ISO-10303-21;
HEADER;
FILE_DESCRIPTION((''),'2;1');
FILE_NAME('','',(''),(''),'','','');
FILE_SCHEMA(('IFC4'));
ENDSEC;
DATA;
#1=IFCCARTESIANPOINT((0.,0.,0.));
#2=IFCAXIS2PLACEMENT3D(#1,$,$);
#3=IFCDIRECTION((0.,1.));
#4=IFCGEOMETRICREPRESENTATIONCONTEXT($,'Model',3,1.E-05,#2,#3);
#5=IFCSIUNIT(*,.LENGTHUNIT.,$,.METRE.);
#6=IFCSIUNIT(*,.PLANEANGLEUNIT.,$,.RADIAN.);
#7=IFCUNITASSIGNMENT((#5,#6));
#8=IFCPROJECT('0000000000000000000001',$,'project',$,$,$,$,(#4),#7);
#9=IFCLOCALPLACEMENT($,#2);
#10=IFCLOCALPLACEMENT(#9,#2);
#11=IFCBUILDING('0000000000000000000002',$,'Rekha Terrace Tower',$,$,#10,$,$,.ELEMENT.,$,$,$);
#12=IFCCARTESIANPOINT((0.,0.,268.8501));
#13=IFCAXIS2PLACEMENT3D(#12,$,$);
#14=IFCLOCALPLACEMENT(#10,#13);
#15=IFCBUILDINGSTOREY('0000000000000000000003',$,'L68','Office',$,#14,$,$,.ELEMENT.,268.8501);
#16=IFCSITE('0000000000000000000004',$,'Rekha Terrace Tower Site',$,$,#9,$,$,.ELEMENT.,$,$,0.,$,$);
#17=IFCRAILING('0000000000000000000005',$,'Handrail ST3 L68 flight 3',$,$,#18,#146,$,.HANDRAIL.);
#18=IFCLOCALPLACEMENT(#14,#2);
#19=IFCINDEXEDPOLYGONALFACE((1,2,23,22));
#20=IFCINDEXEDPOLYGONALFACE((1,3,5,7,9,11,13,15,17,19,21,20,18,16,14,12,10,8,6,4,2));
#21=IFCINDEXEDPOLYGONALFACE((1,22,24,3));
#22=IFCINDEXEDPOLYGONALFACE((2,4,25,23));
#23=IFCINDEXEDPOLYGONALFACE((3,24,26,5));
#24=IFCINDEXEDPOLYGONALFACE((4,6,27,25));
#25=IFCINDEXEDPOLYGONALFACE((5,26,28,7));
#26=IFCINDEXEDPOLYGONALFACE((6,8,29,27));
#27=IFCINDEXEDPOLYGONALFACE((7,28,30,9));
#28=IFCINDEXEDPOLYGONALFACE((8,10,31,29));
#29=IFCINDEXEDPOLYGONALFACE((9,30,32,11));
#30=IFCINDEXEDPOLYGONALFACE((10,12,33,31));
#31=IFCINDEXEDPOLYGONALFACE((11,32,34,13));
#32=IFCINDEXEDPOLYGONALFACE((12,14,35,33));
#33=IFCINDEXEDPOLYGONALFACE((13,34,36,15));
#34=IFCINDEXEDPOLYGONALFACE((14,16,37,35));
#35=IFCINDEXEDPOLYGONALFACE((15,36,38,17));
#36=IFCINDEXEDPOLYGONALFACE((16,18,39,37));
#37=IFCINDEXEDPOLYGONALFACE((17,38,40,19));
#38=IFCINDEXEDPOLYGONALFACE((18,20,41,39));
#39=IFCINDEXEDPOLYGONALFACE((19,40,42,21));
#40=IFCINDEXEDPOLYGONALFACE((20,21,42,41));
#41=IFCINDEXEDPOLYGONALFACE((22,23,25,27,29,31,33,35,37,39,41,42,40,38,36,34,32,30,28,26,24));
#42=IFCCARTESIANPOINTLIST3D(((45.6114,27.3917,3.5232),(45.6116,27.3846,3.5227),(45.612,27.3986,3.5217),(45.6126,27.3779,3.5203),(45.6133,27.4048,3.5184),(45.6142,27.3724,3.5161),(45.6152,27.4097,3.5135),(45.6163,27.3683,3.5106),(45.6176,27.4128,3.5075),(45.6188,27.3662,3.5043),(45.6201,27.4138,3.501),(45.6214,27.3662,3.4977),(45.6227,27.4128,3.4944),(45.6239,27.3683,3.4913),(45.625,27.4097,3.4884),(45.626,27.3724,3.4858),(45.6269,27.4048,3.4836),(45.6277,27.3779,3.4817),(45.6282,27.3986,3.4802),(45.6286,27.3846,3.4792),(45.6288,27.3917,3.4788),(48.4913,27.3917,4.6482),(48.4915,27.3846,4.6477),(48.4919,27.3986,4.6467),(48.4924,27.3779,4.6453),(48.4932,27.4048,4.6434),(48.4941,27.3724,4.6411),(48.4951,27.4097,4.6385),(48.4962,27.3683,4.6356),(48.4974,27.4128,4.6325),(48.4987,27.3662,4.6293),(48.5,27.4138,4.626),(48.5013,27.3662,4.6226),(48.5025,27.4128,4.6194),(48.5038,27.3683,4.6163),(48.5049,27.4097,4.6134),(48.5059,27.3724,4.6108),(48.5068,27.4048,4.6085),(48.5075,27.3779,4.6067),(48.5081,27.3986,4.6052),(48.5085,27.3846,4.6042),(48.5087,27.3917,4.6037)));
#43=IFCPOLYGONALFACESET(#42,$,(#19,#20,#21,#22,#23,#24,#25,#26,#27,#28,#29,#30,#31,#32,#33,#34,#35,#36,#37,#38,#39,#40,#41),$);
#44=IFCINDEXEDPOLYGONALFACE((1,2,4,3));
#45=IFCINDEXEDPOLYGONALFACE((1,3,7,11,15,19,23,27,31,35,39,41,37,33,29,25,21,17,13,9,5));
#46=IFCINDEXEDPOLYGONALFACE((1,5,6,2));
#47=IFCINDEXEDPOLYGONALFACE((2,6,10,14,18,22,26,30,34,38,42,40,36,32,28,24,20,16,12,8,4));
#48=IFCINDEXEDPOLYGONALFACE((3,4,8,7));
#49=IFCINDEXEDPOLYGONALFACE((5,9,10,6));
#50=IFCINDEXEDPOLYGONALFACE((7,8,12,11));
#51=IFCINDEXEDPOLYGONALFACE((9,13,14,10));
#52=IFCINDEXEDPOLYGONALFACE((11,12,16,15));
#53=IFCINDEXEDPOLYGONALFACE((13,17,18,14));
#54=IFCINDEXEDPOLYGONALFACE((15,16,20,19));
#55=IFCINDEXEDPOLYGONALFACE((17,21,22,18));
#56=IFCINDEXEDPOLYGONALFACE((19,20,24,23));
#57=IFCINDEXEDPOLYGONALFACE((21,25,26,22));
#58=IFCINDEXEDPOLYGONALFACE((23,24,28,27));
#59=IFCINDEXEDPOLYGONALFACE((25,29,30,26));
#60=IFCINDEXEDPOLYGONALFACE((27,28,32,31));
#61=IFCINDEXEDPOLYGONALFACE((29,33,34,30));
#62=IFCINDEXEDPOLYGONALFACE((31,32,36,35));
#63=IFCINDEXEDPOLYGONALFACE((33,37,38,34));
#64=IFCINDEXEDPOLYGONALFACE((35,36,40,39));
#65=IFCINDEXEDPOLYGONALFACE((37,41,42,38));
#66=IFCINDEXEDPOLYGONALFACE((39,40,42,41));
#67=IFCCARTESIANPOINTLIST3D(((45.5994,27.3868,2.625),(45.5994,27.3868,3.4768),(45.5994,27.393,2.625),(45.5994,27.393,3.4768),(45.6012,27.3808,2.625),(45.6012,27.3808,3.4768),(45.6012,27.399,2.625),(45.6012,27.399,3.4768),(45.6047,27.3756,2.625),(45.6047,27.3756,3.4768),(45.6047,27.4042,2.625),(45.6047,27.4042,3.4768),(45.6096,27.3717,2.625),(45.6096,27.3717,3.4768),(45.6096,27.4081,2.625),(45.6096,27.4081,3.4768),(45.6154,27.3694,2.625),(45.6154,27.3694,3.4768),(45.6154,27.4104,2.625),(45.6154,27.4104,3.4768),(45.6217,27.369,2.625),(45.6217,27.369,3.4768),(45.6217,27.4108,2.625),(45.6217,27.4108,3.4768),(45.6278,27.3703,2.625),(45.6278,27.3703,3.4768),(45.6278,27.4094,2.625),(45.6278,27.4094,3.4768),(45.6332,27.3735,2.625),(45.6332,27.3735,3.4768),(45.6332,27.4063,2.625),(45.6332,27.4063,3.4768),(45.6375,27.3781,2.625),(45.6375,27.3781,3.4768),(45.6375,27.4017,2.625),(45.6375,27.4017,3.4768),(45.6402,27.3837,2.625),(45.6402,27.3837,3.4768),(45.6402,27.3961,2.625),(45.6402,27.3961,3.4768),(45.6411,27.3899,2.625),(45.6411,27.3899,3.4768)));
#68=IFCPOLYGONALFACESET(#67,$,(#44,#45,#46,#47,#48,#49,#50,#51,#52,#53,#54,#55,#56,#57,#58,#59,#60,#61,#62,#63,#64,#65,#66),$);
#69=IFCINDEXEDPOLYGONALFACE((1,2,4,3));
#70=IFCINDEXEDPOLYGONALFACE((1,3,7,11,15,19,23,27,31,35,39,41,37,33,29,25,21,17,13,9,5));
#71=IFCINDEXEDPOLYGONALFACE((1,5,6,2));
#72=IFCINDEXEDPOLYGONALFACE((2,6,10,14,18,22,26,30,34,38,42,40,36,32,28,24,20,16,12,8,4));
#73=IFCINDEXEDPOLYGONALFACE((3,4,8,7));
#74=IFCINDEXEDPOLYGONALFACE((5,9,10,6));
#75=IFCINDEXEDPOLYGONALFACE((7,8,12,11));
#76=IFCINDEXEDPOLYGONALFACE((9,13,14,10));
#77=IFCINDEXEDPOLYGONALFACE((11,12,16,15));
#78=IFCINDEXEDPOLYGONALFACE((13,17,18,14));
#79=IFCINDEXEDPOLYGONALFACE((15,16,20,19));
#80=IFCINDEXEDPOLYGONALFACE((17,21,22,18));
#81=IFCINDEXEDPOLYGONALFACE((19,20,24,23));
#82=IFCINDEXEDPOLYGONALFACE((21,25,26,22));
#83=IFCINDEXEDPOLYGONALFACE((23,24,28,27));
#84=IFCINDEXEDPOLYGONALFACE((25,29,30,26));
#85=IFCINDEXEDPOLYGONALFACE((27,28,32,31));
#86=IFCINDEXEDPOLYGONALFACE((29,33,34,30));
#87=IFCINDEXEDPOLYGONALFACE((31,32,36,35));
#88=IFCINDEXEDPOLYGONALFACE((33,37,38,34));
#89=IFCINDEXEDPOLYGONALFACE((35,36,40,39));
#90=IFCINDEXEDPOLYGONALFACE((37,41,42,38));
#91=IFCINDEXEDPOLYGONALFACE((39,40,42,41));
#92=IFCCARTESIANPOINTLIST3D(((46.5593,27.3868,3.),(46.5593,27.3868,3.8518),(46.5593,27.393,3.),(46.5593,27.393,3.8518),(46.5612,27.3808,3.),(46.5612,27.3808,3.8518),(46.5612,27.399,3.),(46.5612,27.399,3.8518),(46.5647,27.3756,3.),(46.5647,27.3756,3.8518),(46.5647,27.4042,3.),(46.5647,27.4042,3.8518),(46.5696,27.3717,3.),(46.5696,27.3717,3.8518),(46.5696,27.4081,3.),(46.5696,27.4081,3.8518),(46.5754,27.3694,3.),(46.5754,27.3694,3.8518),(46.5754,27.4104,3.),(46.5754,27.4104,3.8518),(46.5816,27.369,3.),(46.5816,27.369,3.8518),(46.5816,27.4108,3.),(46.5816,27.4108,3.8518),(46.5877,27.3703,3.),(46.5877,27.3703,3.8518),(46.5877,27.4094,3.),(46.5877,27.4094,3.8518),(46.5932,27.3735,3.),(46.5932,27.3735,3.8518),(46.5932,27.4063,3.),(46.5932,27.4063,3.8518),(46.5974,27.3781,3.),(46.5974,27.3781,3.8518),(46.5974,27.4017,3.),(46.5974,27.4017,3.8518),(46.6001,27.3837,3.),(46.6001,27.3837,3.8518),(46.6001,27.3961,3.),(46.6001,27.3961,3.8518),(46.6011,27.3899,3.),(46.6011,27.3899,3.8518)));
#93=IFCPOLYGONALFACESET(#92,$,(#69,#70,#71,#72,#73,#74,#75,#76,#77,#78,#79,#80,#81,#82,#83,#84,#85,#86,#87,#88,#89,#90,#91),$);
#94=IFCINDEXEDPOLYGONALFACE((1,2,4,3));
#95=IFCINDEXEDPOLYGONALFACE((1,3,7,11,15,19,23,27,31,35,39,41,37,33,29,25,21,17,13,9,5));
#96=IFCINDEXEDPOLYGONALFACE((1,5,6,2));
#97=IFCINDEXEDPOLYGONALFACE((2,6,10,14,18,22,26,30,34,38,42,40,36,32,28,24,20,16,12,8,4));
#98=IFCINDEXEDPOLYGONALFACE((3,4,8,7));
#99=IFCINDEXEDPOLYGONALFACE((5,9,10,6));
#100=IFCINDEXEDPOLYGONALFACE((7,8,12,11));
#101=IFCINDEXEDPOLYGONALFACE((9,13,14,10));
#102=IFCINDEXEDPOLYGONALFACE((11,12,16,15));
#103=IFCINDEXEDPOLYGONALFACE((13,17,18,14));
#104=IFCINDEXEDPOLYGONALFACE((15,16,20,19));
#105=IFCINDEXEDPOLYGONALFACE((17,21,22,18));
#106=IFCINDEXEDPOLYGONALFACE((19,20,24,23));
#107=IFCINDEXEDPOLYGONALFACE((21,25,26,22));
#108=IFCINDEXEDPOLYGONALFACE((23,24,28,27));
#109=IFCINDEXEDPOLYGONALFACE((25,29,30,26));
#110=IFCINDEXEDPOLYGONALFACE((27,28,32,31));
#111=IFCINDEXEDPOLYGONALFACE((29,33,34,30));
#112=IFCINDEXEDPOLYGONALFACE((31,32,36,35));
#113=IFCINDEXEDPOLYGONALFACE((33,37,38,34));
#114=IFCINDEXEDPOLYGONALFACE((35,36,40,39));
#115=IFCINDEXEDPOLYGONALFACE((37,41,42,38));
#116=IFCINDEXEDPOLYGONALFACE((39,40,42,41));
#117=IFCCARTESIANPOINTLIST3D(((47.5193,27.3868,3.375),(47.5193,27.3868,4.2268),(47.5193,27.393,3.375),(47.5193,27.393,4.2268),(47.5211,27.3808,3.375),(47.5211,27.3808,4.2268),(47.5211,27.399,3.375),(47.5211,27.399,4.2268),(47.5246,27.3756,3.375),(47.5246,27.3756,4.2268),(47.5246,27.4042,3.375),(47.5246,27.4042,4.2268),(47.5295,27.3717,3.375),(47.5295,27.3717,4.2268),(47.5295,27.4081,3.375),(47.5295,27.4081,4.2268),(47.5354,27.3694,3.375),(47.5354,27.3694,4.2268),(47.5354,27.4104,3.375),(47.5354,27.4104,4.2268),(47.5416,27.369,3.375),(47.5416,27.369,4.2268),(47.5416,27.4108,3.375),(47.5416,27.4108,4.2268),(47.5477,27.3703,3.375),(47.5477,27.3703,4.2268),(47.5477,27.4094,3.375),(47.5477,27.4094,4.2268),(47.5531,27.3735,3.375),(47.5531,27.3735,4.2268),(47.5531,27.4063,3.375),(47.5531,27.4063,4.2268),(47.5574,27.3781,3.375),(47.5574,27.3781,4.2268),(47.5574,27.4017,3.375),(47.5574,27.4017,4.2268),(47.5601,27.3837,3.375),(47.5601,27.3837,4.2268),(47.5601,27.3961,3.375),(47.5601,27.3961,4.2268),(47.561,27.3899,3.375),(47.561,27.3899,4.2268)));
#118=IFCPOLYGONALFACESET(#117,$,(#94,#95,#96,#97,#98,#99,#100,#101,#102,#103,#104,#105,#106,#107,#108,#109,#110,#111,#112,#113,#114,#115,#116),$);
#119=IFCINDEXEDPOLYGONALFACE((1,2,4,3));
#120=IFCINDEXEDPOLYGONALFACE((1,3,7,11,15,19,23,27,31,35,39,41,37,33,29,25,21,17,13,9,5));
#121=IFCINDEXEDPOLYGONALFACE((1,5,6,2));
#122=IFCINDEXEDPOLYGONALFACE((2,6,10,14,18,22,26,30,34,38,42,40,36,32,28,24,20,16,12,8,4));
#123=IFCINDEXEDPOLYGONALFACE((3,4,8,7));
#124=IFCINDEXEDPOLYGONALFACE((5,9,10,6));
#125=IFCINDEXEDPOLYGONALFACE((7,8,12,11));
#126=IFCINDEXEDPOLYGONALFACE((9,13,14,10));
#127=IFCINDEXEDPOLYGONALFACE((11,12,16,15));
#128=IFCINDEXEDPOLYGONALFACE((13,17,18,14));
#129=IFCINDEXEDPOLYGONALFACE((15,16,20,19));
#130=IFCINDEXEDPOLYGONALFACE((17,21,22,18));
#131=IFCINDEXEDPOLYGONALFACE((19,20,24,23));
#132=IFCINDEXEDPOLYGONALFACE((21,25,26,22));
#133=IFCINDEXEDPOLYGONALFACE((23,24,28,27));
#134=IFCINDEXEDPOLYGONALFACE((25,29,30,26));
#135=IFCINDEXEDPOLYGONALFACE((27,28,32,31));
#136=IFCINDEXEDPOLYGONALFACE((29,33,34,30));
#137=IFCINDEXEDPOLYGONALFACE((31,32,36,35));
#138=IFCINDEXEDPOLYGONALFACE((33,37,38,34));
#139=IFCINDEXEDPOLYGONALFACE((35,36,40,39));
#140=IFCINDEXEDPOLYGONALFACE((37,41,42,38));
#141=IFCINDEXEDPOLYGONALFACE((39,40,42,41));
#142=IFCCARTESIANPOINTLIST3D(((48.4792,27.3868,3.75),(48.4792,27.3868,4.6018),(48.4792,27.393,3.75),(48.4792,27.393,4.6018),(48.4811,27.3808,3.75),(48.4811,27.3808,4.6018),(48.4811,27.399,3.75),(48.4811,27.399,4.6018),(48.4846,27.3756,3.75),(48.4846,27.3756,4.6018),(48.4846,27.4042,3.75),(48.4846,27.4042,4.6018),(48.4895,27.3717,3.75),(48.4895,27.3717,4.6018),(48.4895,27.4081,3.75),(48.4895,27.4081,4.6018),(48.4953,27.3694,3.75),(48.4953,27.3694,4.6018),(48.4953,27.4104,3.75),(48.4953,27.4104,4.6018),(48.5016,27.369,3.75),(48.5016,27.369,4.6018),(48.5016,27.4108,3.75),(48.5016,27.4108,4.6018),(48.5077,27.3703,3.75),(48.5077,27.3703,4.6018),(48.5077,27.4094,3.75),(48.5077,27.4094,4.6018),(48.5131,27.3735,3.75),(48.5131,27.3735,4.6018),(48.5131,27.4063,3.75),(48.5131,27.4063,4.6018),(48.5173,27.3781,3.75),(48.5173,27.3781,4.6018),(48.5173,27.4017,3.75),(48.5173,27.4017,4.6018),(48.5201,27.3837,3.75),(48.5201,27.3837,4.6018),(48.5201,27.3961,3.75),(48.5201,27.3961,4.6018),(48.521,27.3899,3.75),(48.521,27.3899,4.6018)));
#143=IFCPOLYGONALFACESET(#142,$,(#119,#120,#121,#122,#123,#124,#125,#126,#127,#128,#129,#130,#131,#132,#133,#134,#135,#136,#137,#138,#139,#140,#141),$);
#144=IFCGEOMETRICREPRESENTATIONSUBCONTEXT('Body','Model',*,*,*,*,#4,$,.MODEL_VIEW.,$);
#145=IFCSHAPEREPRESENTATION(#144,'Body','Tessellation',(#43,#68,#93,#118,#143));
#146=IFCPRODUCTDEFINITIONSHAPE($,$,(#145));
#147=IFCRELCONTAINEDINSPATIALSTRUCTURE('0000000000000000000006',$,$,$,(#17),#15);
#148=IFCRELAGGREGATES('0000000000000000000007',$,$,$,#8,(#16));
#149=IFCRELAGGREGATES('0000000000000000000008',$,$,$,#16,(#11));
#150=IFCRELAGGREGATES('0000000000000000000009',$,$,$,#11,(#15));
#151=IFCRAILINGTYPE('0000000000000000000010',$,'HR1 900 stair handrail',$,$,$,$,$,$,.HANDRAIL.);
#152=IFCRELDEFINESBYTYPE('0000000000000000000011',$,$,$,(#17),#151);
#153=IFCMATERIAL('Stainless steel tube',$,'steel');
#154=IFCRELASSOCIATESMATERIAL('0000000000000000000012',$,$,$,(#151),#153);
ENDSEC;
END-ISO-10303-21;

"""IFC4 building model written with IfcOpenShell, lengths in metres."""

from ifc_helpers import new_model, si_unit, direction, frame, origin, origin_2d, place, context, subcontext, project, spatial, circle, extrude, material, type_object, element, save


model = new_model("IFC4")

# Units and contexts
model_context = context("Model", 3, precision=1e-05, world=origin(), true_north=direction((0.0, 1.0)))
body_context = subcontext(model_context, "Body", "Model", "MODEL_VIEW")
ifc_project = project(units=[si_unit("LENGTHUNIT", "METRE"), si_unit("PLANEANGLEUNIT", "RADIAN")], contexts=[model_context])

# Site, building, storey
site_placement = place(None, origin())
site = spatial("IfcSite", under=ifc_project, at=site_placement, Name="Rekha Terrace Tower Site", CompositionType="ELEMENT", RefElevation=0.0)
building_placement = place(site_placement, origin())
building = spatial("IfcBuilding", under=site, at=building_placement, Name="Rekha Terrace Tower", CompositionType="ELEMENT")
storey_placement = place(building_placement, frame((0.0, 0.0, 268.8501)))
storey = spatial("IfcBuildingStorey", under=building, at=storey_placement, Name="L68", Description="Office", CompositionType="ELEMENT", Elevation=268.8501)

# Railing
ifc_material_1 = material(Name="Stainless steel tube", Category="steel")
railing_type_1 = type_object("IfcRailingType", Name="HR1 900 stair handrail", PredefinedType="HANDRAIL", material=ifc_material_1)
railing_1_placement = place(storey_placement, frame((45.6201, 27.3899, 2.625)))
element("IfcRailing", 1, at=railing_1_placement, inside=storey, type_object=railing_type_1, Name="Handrail ST3 L68 flight 3", PredefinedType="HANDRAIL", context=body_context, shape_type="SweptSolid", body=[
    extrude(circle(Radius=0.0239, at=origin_2d()), frame((0.0, 0.0, 0.876), z_axis=(0.931452, 0.0, 0.363863), x_axis=(0.0, 1.0, 0.0)), (0.0, 0.0, 1.0), 3.0918),
    extrude(circle(Radius=0.021, at=origin_2d()), origin(), (0.0, 0.0, 1.0), 0.8518),
    extrude(circle(Radius=0.021, at=origin_2d()), frame((0.96, 0.0, 0.375)), (0.0, 0.0, 1.0), 0.8518),
    extrude(circle(Radius=0.021, at=origin_2d()), frame((1.9199, 0.0, 0.75)), (0.0, 0.0, 1.0), 0.8518),
    extrude(circle(Radius=0.021, at=origin_2d()), frame((2.8799, 0.0, 1.125)), (0.0, 0.0, 1.0), 0.8518),
])

save(model, "model.ifc")
